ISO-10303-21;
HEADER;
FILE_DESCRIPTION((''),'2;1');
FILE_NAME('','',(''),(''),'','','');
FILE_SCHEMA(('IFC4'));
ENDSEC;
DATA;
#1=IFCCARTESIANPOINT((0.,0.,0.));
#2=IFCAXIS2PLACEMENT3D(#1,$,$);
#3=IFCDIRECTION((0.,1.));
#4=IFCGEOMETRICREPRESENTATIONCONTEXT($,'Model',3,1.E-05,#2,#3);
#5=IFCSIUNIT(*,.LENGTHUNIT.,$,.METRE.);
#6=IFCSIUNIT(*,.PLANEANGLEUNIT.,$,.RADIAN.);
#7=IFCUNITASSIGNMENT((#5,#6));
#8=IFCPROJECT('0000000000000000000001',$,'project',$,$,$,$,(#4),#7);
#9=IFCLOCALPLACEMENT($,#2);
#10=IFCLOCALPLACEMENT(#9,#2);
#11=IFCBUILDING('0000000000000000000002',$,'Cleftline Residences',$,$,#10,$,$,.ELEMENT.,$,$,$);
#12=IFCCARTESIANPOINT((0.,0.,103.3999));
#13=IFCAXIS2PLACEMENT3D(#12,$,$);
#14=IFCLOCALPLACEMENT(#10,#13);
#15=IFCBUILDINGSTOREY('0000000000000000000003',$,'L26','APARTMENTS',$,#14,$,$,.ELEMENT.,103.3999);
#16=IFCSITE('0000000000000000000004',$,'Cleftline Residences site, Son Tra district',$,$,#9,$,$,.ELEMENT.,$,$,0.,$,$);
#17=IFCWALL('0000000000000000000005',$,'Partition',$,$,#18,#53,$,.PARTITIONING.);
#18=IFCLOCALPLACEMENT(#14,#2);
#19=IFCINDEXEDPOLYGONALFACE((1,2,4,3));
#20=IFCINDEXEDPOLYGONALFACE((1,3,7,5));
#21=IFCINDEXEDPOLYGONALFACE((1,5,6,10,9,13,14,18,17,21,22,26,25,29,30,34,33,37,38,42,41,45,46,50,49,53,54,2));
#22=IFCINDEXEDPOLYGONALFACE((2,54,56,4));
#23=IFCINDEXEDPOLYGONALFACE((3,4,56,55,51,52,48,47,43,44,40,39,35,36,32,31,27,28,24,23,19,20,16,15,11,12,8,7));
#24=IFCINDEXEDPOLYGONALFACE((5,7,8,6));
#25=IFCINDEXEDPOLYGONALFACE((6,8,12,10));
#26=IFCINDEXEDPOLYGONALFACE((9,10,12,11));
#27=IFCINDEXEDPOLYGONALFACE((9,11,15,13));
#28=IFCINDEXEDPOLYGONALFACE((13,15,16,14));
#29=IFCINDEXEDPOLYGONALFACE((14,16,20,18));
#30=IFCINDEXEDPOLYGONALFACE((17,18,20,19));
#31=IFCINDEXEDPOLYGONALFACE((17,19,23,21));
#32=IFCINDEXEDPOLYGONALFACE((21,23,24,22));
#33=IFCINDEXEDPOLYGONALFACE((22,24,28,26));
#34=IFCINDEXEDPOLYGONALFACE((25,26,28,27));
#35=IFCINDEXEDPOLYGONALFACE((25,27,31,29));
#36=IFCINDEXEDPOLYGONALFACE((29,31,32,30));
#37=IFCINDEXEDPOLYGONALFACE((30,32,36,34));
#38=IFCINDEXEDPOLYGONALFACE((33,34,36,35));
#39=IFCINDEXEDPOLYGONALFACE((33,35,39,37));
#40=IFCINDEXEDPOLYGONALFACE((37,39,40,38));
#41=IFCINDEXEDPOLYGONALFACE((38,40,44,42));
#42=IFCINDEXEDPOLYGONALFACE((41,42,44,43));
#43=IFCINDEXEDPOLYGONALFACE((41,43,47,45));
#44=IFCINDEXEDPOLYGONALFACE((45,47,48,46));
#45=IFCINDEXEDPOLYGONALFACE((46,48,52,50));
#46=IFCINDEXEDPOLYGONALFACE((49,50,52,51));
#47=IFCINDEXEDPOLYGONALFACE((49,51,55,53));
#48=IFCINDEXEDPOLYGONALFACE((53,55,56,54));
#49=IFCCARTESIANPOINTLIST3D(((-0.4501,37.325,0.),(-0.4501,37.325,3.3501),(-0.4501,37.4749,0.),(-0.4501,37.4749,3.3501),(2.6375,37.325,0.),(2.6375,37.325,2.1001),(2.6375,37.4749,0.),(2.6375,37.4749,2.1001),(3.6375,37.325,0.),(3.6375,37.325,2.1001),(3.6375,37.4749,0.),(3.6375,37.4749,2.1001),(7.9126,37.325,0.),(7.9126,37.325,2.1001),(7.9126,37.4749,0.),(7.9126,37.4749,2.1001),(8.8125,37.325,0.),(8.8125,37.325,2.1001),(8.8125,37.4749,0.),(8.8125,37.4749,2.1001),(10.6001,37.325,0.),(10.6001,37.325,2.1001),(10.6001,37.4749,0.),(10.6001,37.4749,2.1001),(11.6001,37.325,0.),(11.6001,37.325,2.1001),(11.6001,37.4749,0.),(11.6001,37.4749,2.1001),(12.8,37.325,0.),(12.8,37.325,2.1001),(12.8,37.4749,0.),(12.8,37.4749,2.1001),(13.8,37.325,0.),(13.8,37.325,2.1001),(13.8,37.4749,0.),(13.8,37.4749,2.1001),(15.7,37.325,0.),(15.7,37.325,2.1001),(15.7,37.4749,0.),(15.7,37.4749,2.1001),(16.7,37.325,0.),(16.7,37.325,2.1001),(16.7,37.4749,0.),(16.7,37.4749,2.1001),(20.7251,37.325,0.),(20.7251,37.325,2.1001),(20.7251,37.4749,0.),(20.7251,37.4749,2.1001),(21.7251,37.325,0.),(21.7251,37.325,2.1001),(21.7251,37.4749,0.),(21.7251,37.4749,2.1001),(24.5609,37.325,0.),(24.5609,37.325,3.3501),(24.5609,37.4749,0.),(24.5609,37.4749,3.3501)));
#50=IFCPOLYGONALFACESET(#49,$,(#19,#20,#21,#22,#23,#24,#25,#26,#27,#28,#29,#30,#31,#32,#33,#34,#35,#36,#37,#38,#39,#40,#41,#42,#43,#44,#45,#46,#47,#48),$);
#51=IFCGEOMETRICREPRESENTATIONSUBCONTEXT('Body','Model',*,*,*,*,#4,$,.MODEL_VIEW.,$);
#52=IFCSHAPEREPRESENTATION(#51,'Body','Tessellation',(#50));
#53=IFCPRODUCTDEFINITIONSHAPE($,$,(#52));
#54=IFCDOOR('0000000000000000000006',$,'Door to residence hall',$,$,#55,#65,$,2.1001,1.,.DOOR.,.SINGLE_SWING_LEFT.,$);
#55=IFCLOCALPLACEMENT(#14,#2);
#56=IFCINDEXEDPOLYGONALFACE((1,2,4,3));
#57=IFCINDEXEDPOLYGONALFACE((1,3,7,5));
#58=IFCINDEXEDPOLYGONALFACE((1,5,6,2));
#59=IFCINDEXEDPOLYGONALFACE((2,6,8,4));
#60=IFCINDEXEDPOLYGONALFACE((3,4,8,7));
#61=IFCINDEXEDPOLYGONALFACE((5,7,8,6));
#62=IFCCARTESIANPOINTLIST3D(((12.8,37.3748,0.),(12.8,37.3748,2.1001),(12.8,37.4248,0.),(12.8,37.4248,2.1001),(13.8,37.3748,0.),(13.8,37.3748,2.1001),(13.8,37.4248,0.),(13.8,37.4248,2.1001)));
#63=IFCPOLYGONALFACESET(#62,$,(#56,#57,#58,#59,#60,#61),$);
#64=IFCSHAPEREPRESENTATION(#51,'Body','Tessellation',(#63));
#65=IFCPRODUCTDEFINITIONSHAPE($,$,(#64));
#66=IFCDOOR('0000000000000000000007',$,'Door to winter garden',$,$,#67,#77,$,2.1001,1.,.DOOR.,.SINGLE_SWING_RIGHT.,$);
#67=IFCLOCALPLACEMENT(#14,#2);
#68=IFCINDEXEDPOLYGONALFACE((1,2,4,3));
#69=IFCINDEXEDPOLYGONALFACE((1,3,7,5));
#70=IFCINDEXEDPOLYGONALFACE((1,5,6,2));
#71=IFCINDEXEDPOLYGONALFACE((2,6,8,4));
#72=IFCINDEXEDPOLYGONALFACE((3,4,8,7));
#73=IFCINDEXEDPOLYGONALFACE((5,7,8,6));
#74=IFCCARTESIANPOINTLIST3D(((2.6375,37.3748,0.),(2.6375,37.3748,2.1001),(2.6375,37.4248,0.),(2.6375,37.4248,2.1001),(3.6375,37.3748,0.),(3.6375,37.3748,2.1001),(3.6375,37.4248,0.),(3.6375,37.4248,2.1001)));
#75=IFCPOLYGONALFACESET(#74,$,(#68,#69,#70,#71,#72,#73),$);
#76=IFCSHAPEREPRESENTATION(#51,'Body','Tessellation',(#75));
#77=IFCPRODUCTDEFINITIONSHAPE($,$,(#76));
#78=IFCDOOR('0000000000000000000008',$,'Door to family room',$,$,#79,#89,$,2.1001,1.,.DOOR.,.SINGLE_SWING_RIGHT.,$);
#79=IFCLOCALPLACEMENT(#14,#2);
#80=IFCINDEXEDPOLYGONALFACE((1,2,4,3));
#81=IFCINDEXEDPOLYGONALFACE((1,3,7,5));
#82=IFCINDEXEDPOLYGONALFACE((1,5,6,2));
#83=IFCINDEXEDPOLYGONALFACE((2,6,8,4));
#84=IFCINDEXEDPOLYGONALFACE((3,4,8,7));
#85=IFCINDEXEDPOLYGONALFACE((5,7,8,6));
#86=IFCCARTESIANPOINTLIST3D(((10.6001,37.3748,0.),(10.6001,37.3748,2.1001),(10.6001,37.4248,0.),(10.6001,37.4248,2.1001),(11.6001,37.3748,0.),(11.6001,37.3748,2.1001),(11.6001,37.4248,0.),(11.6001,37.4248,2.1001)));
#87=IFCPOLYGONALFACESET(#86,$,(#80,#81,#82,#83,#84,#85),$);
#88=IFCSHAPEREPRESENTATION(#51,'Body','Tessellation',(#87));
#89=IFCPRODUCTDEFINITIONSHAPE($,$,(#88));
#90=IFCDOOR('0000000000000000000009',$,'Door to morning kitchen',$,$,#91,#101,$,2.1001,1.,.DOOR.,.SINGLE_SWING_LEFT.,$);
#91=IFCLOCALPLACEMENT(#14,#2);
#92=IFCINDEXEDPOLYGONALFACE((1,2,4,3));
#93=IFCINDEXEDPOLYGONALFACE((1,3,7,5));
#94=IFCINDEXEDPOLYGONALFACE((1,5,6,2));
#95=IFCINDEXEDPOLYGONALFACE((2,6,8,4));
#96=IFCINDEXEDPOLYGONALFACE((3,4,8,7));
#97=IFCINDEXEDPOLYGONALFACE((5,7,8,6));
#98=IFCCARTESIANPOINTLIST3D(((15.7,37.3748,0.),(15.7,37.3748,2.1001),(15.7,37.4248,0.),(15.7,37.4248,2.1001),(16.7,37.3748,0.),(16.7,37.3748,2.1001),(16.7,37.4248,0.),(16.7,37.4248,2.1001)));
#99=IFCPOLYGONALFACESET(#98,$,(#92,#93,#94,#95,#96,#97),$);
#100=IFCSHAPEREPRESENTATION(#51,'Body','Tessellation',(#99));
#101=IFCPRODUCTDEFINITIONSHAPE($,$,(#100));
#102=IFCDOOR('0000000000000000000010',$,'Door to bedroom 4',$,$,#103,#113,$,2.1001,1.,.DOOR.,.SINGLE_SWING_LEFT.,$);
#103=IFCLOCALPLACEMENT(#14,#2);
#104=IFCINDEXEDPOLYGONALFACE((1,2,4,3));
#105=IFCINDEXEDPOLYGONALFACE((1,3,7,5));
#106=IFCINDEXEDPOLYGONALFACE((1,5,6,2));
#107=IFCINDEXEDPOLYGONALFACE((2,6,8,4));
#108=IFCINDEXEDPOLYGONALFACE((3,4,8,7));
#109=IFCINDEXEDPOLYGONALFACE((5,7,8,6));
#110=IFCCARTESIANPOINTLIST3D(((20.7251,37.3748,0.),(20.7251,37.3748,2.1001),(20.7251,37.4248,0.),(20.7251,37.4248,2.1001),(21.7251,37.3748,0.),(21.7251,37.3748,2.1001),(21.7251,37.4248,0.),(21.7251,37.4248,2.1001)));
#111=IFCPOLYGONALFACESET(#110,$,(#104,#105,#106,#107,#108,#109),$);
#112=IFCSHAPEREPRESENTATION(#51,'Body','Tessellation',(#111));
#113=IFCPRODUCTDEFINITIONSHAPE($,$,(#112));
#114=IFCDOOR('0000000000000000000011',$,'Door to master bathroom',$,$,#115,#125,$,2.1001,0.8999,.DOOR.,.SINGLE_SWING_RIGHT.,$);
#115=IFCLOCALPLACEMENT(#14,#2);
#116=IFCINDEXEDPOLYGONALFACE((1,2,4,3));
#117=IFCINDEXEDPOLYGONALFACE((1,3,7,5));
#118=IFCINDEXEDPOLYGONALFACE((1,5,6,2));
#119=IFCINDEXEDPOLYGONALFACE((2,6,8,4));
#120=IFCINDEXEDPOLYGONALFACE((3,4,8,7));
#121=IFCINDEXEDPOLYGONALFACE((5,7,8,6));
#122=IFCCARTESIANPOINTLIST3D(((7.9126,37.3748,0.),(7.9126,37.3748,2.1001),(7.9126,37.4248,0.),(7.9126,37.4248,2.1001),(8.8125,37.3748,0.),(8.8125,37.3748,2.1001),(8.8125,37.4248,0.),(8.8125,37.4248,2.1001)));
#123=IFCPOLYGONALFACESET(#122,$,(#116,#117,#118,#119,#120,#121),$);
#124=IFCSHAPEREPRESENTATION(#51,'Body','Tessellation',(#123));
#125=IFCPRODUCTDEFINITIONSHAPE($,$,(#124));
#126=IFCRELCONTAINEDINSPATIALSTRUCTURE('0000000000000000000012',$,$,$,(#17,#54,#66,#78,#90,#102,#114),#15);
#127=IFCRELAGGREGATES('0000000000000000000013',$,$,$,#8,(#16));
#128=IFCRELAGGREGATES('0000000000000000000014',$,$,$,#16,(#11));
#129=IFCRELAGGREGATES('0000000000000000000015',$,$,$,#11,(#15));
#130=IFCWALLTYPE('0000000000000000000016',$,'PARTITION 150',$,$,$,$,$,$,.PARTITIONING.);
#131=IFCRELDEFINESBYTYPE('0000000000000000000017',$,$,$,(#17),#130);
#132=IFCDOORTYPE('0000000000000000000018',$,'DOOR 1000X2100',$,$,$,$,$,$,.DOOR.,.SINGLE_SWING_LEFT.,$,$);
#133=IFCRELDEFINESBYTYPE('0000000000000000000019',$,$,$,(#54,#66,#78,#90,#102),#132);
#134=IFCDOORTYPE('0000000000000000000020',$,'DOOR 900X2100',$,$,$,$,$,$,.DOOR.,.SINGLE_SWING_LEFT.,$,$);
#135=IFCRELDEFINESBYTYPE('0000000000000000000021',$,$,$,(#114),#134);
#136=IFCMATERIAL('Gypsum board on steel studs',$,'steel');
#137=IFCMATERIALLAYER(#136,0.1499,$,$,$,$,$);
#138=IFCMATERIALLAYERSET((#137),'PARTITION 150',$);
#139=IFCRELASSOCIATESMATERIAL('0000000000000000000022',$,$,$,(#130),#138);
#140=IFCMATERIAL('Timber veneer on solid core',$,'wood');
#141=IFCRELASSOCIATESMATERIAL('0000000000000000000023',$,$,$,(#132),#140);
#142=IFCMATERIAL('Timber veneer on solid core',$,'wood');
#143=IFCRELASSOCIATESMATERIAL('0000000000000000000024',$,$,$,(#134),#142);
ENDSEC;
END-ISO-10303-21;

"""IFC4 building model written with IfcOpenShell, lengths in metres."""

from ifc_helpers import new_model, si_unit, direction, frame, frame_2d, origin, place, context, subcontext, project, spatial, rectangle, extrude, material, layer, layer_set, type_object, element, fill, save


model = new_model("IFC4")

# Units and contexts
model_context = context("Model", 3, precision=1e-05, world=origin(), true_north=direction((0.0, 1.0)))
body_context = subcontext(model_context, "Body", "Model", "MODEL_VIEW")
ifc_project = project(units=[si_unit("LENGTHUNIT", "METRE"), si_unit("PLANEANGLEUNIT", "RADIAN")], contexts=[model_context])

# Site, building, storey
site_placement = place(None, origin())
site = spatial("IfcSite", under=ifc_project, at=site_placement, Name="Cleftline Residences site, Son Tra district", CompositionType="ELEMENT", RefElevation=0.0)
building_placement = place(site_placement, origin())
building = spatial("IfcBuilding", under=site, at=building_placement, Name="Cleftline Residences", CompositionType="ELEMENT")
storey_placement = place(building_placement, frame((0.0, 0.0, 103.3999)))
storey = spatial("IfcBuildingStorey", under=building, at=storey_placement, Name="L26", Description="APARTMENTS", CompositionType="ELEMENT", Elevation=103.3999)

# Wall, openings, doors
ifc_material_1 = material(Name="Gypsum board on steel studs", Category="steel")
ifc_layer = layer(ifc_material_1, 0.1499)
ifc_layer_set = layer_set([ifc_layer], Name="PARTITION 150")
wall_type = type_object("IfcWallType", Name="PARTITION 150", PredefinedType="PARTITIONING", material=ifc_layer_set)
wall_1_placement = place(storey_placement, frame((-0.45, 37.3999, 0.0), z_axis=(0.0, 0.0, 1.0), x_axis=(1.0, 0.0, 0.0)))
wall_1 = element("IfcWall", 1, at=wall_1_placement, inside=storey, type_object=wall_type, Name="Partition", PredefinedType="PARTITIONING", context=body_context, shape_type="SweptSolid", body=[
    extrude(rectangle(XDim=25.011, YDim=0.1499, at=frame_2d((12.5054, 0.0))), origin(), (0.0, 0.0, 1.0), 3.3501),
])
opening_1_placement = place(wall_1_placement, frame((13.25, 0.0, 0.0)))
opening_1 = element("IfcOpeningElement", 2, at=opening_1_placement, cuts=wall_1, PredefinedType="OPENING", context=body_context, shape_type="SweptSolid", body=[
    extrude(rectangle(XDim=1.0, YDim=2.1001, at=frame_2d((0.5, 1.05))), frame((0.0, 0.085, 0.0), z_axis=(0.0, -1.0, 0.0), x_axis=(1.0, 0.0, 0.0)), (0.0, 0.0, 1.0), 0.1699),
])
opening_2_placement = place(wall_1_placement, frame((3.0874, 0.0, 0.0)))
opening_2 = element("IfcOpeningElement", 3, at=opening_2_placement, cuts=wall_1, PredefinedType="OPENING", context=body_context, shape_type="SweptSolid", body=[
    extrude(rectangle(XDim=1.0, YDim=2.1001, at=frame_2d((0.5, 1.05))), frame((0.0, 0.085, 0.0), z_axis=(0.0, -1.0, 0.0), x_axis=(1.0, 0.0, 0.0)), (0.0, 0.0, 1.0), 0.1699),
])
opening_3_placement = place(wall_1_placement, frame((8.3625, 0.0, 0.0)))
opening_3 = element("IfcOpeningElement", 4, at=opening_3_placement, cuts=wall_1, PredefinedType="OPENING", context=body_context, shape_type="SweptSolid", body=[
    extrude(rectangle(XDim=0.8999, YDim=2.1001, at=frame_2d((0.45, 1.05))), frame((0.0, 0.085, 0.0), z_axis=(0.0, -1.0, 0.0), x_axis=(1.0, 0.0, 0.0)), (0.0, 0.0, 1.0), 0.1699),
])
opening_4_placement = place(wall_1_placement, frame((11.05, 0.0, 0.0)))
opening_4 = element("IfcOpeningElement", 5, at=opening_4_placement, cuts=wall_1, PredefinedType="OPENING", context=body_context, shape_type="SweptSolid", body=[
    extrude(rectangle(XDim=1.0, YDim=2.1001, at=frame_2d((0.5, 1.05))), frame((0.0, 0.085, 0.0), z_axis=(0.0, -1.0, 0.0), x_axis=(1.0, 0.0, 0.0)), (0.0, 0.0, 1.0), 0.1699),
])
opening_5_placement = place(wall_1_placement, frame((16.1499, 0.0, 0.0)))
opening_5 = element("IfcOpeningElement", 6, at=opening_5_placement, cuts=wall_1, PredefinedType="OPENING", context=body_context, shape_type="SweptSolid", body=[
    extrude(rectangle(XDim=1.0, YDim=2.1001, at=frame_2d((0.5, 1.05))), frame((0.0, 0.085, 0.0), z_axis=(0.0, -1.0, 0.0), x_axis=(1.0, 0.0, 0.0)), (0.0, 0.0, 1.0), 0.1699),
])
opening_6_placement = place(wall_1_placement, frame((21.175, 0.0, 0.0)))
opening_6 = element("IfcOpeningElement", 7, at=opening_6_placement, cuts=wall_1, PredefinedType="OPENING", context=body_context, shape_type="SweptSolid", body=[
    extrude(rectangle(XDim=1.0, YDim=2.1001, at=frame_2d((0.5, 1.05))), frame((0.0, 0.085, 0.0), z_axis=(0.0, -1.0, 0.0), x_axis=(1.0, 0.0, 0.0)), (0.0, 0.0, 1.0), 0.1699),
])
ifc_material_2 = material(Name="Timber veneer on solid core", Category="wood")
door_type_1 = type_object("IfcDoorType", Name="DOOR 1000X2100", OperationType="SINGLE_SWING_LEFT", PredefinedType="DOOR", material=ifc_material_2)
door_1_placement = place(opening_1_placement, origin())
door_1 = element("IfcDoor", 8, at=door_1_placement, inside=storey, type_object=door_type_1, Name="Door to residence hall", OperationType="SINGLE_SWING_LEFT", OverallHeight=2.1001, OverallWidth=1.0, PredefinedType="DOOR", context=body_context, shape_type="SweptSolid", body=[
    extrude(rectangle(XDim=1.0, YDim=2.1001, at=frame_2d((0.5, 1.05))), frame((0.0, 0.0249, 0.0), z_axis=(0.0, -1.0, 0.0), x_axis=(1.0, 0.0, 0.0)), (0.0, 0.0, 1.0), 0.05),
])
fill(opening_1, door_1)
door_2_placement = place(opening_2_placement, origin())
door_2 = element("IfcDoor", 9, at=door_2_placement, inside=storey, type_object=door_type_1, Name="Door to winter garden", OperationType="SINGLE_SWING_RIGHT", OverallHeight=2.1001, OverallWidth=1.0, PredefinedType="DOOR", context=body_context, shape_type="SweptSolid", body=[
    extrude(rectangle(XDim=1.0, YDim=2.1001, at=frame_2d((0.5, 1.05))), frame((0.0, 0.0249, 0.0), z_axis=(0.0, -1.0, 0.0), x_axis=(1.0, 0.0, 0.0)), (0.0, 0.0, 1.0), 0.05),
])
fill(opening_2, door_2)
door_3_placement = place(opening_4_placement, origin())
door_3 = element("IfcDoor", 10, at=door_3_placement, inside=storey, type_object=door_type_1, Name="Door to family room", OperationType="SINGLE_SWING_RIGHT", OverallHeight=2.1001, OverallWidth=1.0, PredefinedType="DOOR", context=body_context, shape_type="SweptSolid", body=[
    extrude(rectangle(XDim=1.0, YDim=2.1001, at=frame_2d((0.5, 1.05))), frame((0.0, 0.0249, 0.0), z_axis=(0.0, -1.0, 0.0), x_axis=(1.0, 0.0, 0.0)), (0.0, 0.0, 1.0), 0.05),
])
fill(opening_4, door_3)
door_4_placement = place(opening_5_placement, origin())
door_4 = element("IfcDoor", 11, at=door_4_placement, inside=storey, type_object=door_type_1, Name="Door to morning kitchen", OperationType="SINGLE_SWING_LEFT", OverallHeight=2.1001, OverallWidth=1.0, PredefinedType="DOOR", context=body_context, shape_type="SweptSolid", body=[
    extrude(rectangle(XDim=1.0, YDim=2.1001, at=frame_2d((0.5, 1.05))), frame((0.0, 0.0249, 0.0), z_axis=(0.0, -1.0, 0.0), x_axis=(1.0, 0.0, 0.0)), (0.0, 0.0, 1.0), 0.05),
])
fill(opening_5, door_4)
door_5_placement = place(opening_6_placement, origin())
door_5 = element("IfcDoor", 12, at=door_5_placement, inside=storey, type_object=door_type_1, Name="Door to bedroom 4", OperationType="SINGLE_SWING_LEFT", OverallHeight=2.1001, OverallWidth=1.0, PredefinedType="DOOR", context=body_context, shape_type="SweptSolid", body=[
    extrude(rectangle(XDim=1.0, YDim=2.1001, at=frame_2d((0.5, 1.05))), frame((0.0, 0.0249, 0.0), z_axis=(0.0, -1.0, 0.0), x_axis=(1.0, 0.0, 0.0)), (0.0, 0.0, 1.0), 0.05),
])
fill(opening_6, door_5)
ifc_material_3 = material(Name="Timber veneer on solid core", Category="wood")
door_type_2 = type_object("IfcDoorType", Name="DOOR 900X2100", OperationType="SINGLE_SWING_LEFT", PredefinedType="DOOR", material=ifc_material_3)
door_6_placement = place(opening_3_placement, origin())
door_6 = element("IfcDoor", 13, at=door_6_placement, inside=storey, type_object=door_type_2, Name="Door to master bathroom", OperationType="SINGLE_SWING_RIGHT", OverallHeight=2.1001, OverallWidth=0.8999, PredefinedType="DOOR", context=body_context, shape_type="SweptSolid", body=[
    extrude(rectangle(XDim=0.8999, YDim=2.1001, at=frame_2d((0.45, 1.05))), frame((0.0, 0.0249, 0.0), z_axis=(0.0, -1.0, 0.0), x_axis=(1.0, 0.0, 0.0)), (0.0, 0.0, 1.0), 0.05),
])
fill(opening_3, door_6)

save(model, "model.ifc")
